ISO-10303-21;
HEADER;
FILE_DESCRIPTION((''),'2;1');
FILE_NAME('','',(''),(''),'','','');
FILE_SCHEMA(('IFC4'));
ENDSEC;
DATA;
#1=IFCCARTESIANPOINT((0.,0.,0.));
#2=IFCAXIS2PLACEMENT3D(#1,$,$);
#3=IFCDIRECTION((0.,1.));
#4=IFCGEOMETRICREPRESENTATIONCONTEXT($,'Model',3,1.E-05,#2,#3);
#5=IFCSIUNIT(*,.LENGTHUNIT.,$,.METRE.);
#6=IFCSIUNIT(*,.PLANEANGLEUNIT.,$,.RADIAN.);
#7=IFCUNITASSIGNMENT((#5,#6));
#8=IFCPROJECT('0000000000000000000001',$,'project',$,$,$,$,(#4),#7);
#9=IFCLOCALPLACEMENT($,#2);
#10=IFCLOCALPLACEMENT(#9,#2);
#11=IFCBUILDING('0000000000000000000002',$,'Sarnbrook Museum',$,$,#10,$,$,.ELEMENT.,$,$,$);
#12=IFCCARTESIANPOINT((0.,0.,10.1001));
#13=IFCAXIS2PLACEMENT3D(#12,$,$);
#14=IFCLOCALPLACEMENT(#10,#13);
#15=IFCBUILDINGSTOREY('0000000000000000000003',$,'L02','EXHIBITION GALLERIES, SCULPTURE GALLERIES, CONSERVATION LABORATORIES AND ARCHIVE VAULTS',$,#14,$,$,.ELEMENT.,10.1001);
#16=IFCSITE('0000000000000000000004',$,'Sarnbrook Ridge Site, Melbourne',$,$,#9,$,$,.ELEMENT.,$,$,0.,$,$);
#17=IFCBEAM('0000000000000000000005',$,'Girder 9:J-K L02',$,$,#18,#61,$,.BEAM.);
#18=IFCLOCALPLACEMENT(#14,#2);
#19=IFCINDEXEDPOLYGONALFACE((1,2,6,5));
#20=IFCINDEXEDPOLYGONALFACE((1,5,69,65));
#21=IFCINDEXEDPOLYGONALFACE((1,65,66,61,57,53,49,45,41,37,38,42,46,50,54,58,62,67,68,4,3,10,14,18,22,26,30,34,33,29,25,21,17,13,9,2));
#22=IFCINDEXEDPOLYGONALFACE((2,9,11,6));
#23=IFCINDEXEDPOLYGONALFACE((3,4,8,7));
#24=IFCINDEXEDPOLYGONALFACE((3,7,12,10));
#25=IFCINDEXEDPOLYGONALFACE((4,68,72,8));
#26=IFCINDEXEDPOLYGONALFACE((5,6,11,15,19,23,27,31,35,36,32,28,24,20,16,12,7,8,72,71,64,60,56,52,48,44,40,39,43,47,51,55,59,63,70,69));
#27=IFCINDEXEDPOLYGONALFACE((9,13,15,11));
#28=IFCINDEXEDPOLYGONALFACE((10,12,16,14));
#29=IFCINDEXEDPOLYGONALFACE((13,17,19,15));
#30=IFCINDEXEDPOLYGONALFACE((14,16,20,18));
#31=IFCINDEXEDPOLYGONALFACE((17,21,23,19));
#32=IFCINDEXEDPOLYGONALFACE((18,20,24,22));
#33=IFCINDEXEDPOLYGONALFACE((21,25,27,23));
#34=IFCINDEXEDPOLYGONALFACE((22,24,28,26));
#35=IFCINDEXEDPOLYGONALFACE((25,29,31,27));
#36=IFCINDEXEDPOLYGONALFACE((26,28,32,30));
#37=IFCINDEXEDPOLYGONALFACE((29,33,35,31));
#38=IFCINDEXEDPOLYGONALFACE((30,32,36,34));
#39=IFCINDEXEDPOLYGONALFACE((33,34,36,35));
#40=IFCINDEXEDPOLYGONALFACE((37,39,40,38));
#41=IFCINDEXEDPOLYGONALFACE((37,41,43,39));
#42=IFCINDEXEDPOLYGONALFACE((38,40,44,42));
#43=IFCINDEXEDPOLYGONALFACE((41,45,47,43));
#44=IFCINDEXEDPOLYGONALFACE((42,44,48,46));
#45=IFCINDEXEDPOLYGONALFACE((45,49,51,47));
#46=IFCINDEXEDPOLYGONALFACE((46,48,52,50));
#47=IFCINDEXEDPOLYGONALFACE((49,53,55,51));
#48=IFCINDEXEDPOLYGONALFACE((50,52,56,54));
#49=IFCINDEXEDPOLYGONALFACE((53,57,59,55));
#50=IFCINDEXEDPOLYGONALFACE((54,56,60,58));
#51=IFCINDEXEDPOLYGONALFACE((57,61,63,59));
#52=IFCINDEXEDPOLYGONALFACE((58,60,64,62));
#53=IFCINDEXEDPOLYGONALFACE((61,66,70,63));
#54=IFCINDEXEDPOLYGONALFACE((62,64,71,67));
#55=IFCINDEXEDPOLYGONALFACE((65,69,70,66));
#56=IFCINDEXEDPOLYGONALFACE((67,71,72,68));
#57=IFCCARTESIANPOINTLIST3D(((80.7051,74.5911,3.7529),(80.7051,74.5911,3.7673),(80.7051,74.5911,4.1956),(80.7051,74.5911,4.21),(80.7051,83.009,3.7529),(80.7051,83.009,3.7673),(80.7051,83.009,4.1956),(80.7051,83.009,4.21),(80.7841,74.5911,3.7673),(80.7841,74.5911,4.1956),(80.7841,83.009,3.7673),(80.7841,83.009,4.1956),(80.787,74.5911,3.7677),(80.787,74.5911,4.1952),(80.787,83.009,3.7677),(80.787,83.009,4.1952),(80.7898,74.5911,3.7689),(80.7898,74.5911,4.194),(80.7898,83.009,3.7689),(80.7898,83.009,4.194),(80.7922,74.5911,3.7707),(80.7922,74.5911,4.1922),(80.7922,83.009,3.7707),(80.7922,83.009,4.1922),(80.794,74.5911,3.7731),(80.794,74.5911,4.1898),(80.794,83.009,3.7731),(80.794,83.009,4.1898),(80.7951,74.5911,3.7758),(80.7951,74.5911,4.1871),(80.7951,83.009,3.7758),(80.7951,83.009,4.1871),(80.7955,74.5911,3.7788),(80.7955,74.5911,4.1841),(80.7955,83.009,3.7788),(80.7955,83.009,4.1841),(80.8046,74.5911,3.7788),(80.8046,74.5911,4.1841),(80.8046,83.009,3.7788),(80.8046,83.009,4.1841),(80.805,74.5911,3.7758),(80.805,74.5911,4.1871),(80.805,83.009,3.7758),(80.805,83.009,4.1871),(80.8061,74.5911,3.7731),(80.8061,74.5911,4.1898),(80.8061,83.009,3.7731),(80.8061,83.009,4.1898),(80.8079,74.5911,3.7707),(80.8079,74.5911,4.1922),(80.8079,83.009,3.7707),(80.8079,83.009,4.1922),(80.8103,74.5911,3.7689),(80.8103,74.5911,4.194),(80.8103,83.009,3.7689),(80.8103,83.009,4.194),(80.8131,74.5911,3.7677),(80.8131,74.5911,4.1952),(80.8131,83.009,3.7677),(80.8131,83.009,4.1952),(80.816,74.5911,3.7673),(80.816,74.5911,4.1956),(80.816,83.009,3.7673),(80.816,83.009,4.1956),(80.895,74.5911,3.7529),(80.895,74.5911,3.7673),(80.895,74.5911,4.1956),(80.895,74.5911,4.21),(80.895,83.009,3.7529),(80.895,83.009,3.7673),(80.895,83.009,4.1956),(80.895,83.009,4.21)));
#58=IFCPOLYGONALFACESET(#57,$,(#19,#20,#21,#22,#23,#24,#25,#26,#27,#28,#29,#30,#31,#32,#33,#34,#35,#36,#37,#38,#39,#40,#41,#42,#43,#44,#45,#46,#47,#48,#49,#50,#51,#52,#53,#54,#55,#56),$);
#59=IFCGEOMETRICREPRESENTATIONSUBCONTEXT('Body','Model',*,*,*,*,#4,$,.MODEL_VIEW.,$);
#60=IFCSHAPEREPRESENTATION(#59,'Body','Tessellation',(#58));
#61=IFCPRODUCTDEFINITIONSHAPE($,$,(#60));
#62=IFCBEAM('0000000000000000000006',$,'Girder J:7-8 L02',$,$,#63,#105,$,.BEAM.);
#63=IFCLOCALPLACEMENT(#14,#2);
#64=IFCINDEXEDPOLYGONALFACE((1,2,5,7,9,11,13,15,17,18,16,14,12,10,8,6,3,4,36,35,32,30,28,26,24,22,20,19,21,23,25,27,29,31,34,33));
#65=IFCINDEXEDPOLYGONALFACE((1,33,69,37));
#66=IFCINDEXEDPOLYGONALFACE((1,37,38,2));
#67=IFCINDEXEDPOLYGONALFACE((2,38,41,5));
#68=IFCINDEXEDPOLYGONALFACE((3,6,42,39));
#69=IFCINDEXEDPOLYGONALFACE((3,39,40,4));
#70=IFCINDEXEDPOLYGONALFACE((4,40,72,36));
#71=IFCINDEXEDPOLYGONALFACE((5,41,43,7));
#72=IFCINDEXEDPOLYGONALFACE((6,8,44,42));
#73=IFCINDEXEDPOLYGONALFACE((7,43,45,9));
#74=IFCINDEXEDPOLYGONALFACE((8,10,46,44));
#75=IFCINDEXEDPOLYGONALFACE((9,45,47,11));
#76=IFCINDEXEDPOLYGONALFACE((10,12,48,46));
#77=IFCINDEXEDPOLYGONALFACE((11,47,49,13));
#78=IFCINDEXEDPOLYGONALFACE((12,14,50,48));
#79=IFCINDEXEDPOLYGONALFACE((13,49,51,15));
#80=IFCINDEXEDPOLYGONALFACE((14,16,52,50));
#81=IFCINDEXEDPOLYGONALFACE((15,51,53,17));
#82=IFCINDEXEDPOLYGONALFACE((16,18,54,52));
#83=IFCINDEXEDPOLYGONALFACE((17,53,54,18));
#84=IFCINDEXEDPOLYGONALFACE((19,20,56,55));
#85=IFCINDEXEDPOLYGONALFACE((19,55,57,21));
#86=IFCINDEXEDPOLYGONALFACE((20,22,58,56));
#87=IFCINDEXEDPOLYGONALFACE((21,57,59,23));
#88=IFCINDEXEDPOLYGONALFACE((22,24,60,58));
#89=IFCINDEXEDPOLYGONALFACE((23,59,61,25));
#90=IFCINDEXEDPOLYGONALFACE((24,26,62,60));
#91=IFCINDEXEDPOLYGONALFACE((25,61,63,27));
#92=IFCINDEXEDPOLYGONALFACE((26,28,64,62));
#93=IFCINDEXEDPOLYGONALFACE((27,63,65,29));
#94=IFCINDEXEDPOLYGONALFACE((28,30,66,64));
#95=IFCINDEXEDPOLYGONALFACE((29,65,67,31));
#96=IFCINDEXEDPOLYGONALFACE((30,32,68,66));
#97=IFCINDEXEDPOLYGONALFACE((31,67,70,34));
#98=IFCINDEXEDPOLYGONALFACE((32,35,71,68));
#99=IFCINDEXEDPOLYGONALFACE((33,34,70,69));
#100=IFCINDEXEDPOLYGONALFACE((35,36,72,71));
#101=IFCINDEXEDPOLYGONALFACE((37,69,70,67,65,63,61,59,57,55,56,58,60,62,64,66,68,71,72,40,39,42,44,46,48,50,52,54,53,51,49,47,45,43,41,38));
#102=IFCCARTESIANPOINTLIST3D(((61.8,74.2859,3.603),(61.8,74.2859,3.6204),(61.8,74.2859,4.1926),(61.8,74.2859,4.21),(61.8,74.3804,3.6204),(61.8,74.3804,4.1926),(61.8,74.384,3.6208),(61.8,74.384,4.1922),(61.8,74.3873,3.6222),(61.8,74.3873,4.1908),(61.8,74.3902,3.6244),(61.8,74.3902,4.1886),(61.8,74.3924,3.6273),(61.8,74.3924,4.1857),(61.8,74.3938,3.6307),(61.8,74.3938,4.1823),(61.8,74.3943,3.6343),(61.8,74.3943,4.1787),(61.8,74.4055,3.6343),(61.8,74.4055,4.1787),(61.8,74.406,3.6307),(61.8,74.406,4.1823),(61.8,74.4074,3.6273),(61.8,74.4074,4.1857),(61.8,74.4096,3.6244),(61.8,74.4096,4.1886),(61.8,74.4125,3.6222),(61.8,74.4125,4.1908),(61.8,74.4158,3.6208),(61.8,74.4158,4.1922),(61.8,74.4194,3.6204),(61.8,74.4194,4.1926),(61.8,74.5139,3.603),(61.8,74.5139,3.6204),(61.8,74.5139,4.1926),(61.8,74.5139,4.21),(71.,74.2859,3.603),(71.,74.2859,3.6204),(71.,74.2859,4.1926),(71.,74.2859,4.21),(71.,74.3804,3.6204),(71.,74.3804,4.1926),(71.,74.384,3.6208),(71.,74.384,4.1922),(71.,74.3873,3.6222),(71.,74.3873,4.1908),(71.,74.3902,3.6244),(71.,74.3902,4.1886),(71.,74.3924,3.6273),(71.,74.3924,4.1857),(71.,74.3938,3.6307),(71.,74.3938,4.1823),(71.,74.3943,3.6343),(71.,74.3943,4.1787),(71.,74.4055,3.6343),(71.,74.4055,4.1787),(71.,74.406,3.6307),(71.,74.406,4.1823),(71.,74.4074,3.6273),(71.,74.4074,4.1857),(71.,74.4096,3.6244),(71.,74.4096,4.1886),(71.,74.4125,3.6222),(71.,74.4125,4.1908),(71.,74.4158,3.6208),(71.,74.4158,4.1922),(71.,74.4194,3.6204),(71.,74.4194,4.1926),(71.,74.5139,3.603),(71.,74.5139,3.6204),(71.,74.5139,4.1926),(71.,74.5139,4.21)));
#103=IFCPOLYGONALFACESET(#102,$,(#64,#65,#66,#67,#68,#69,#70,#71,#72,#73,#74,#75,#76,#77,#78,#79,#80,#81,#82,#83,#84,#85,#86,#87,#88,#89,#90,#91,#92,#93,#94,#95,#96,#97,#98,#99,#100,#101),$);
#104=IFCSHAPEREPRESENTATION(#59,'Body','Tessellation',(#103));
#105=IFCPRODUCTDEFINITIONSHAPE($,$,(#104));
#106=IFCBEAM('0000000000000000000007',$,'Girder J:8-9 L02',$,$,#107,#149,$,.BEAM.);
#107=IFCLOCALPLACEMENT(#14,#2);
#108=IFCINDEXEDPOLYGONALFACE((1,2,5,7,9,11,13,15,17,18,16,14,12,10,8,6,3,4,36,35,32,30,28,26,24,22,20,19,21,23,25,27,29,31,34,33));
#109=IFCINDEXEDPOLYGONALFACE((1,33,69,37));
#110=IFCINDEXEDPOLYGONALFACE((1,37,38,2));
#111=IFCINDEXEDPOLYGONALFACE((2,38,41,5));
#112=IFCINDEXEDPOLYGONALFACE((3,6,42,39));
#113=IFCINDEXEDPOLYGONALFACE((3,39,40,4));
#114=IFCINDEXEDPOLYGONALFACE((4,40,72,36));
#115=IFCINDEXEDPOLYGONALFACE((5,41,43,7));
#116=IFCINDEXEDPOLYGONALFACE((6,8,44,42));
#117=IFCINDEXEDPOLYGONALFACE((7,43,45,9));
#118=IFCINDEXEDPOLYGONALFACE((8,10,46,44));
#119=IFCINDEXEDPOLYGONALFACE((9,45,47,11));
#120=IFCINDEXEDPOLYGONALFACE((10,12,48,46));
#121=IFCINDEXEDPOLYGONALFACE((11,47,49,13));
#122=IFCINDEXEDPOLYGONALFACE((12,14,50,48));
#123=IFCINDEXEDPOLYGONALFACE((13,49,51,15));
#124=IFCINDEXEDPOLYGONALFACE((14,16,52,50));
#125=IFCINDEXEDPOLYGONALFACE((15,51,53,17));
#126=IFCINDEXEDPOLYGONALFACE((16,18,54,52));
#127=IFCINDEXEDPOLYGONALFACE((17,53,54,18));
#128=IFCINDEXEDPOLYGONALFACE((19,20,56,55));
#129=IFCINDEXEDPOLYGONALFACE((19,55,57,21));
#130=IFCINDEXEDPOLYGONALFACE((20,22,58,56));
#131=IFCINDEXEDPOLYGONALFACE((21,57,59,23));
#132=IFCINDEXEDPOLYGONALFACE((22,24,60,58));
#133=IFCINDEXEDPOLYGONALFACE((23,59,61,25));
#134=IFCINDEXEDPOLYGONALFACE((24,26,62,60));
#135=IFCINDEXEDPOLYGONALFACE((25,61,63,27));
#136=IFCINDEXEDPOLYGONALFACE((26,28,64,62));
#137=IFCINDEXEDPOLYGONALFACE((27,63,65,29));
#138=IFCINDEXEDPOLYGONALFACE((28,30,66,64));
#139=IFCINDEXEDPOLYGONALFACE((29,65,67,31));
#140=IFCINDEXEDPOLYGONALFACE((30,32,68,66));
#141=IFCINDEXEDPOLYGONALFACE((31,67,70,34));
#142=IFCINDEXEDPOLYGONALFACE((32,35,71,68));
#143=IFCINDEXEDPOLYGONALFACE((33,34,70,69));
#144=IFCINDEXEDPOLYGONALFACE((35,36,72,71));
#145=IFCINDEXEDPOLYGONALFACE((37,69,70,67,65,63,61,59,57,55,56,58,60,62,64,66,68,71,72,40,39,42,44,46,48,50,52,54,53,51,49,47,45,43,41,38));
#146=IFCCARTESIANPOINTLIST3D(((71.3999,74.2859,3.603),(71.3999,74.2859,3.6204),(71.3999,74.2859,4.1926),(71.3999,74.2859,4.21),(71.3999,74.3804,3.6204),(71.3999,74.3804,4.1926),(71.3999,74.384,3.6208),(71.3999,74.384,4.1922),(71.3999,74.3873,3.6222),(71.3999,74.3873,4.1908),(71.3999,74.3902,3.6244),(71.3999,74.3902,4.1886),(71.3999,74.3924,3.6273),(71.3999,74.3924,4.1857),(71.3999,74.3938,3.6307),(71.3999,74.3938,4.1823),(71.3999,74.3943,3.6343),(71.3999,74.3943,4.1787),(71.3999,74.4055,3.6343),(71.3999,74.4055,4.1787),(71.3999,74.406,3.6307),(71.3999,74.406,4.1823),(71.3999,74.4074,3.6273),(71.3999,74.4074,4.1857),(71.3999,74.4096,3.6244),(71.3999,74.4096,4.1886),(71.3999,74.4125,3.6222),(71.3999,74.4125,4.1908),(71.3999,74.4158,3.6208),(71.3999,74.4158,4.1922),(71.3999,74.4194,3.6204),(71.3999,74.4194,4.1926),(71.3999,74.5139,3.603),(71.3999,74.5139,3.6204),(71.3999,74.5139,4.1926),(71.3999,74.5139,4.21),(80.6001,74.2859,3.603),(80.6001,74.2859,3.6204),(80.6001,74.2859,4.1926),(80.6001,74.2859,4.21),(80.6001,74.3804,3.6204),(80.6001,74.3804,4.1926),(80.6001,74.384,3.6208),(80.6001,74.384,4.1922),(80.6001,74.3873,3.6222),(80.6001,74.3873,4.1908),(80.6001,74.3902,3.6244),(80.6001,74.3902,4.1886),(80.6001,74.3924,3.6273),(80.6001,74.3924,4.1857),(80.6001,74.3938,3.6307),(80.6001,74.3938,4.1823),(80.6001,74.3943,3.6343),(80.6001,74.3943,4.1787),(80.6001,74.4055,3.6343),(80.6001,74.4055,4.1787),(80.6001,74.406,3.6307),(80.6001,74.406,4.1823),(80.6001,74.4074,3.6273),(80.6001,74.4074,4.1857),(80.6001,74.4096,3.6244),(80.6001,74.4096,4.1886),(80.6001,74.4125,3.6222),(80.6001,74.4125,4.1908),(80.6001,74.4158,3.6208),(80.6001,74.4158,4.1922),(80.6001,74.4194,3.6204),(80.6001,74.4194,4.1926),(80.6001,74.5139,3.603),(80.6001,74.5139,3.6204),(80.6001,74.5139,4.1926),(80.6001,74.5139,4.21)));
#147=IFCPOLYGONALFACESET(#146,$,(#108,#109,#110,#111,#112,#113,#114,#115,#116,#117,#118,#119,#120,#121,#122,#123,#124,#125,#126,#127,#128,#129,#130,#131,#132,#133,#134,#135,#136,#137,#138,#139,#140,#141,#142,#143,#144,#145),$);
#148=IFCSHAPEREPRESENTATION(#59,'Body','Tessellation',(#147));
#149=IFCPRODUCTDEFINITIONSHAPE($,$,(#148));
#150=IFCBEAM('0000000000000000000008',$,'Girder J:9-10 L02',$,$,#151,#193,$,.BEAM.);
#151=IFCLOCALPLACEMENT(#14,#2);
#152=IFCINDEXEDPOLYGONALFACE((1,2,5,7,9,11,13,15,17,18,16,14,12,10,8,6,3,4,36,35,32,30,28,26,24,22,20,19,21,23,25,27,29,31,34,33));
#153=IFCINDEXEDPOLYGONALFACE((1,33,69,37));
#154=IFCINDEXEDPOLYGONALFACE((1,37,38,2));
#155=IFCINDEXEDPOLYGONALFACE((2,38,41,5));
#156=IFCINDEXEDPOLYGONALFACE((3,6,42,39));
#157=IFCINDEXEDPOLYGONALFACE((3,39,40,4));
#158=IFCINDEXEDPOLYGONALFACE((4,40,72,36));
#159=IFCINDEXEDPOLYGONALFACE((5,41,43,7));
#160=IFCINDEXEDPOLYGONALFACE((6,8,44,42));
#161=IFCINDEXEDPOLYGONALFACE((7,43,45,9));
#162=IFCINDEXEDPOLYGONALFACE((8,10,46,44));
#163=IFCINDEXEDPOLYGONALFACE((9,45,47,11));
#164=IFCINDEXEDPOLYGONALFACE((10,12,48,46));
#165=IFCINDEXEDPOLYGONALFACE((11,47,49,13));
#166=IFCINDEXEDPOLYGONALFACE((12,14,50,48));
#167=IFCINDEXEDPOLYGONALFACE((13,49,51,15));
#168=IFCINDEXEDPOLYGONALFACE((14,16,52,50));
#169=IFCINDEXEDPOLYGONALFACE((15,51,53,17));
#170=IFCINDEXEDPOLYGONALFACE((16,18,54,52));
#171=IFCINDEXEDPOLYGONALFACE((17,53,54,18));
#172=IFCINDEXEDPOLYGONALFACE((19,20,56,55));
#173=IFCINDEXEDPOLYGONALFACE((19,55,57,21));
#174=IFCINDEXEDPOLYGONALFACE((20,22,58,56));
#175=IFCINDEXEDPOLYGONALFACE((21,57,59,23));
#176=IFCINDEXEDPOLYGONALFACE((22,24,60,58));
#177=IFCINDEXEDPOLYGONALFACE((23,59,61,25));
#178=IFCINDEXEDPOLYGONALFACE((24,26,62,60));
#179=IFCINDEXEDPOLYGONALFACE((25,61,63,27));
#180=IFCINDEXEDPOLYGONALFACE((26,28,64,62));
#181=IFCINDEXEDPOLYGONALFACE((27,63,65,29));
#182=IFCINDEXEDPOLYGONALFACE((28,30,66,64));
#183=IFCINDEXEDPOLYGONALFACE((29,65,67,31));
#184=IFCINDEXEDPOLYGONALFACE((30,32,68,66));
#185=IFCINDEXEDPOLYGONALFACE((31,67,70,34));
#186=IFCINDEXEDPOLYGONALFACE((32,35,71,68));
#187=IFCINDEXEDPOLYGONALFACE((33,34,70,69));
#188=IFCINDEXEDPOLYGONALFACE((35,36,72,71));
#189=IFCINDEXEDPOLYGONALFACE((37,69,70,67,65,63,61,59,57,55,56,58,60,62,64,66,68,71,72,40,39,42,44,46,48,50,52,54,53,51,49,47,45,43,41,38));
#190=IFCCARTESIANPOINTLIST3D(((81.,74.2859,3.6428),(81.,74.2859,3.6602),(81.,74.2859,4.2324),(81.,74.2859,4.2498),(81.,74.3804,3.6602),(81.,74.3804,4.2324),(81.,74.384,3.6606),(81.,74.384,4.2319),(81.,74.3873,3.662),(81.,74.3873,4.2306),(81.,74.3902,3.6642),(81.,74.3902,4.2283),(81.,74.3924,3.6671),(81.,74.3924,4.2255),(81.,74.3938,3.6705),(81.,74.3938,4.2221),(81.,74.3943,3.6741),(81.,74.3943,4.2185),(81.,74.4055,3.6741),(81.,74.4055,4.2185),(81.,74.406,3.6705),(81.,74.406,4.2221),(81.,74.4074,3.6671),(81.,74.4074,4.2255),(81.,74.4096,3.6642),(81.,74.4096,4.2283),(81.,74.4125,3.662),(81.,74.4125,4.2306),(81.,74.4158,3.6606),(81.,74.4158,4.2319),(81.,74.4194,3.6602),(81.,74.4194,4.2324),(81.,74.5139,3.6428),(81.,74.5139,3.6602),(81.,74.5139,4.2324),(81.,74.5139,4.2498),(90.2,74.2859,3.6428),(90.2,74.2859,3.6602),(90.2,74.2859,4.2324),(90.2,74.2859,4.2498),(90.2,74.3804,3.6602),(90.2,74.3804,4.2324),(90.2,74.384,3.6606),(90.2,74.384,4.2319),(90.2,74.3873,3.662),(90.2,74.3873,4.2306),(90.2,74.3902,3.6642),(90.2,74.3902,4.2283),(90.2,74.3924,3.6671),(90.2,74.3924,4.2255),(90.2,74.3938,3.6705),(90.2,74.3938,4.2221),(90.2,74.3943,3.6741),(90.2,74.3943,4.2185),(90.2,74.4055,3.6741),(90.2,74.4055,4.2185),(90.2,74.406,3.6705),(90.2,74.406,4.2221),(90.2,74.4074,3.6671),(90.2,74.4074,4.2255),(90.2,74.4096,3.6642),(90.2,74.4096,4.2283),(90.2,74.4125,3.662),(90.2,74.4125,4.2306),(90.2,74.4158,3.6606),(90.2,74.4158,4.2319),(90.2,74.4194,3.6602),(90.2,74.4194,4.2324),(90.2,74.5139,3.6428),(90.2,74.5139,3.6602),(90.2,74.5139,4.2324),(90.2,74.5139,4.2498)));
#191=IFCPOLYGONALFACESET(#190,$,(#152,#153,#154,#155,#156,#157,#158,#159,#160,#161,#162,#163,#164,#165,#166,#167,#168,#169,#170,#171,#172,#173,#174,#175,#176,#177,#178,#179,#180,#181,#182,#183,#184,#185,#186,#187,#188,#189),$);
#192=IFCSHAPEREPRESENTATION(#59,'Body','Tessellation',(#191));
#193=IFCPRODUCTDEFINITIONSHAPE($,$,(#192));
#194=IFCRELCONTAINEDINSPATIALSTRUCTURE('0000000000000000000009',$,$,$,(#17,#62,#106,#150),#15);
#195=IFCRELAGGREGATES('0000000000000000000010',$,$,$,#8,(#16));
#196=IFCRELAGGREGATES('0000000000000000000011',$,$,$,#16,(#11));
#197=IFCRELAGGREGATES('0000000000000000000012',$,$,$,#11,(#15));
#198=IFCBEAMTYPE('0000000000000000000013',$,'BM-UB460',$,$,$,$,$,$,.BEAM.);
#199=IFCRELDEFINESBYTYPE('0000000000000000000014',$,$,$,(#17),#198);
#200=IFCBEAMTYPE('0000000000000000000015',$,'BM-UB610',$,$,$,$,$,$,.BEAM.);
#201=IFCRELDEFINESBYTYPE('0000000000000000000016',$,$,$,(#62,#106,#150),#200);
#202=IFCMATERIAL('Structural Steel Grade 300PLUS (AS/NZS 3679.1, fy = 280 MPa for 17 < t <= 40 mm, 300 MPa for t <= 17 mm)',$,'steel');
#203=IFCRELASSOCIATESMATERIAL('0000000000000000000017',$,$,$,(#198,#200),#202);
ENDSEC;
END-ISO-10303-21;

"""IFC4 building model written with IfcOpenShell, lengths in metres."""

from ifc_helpers import new_model, si_unit, direction, frame, origin, origin_2d, place, context, subcontext, project, spatial, i_section, extrude, material, material_profile, profile_set, type_object, element, save


model = new_model("IFC4")

# Units and contexts
model_context = context("Model", 3, precision=1e-05, world=origin(), true_north=direction((0.0, 1.0)))
body_context = subcontext(model_context, "Body", "Model", "MODEL_VIEW")
ifc_project = project(units=[si_unit("LENGTHUNIT", "METRE"), si_unit("PLANEANGLEUNIT", "RADIAN")], contexts=[model_context])

# Site, building, storey
site_placement = place(None, origin())
site = spatial("IfcSite", under=ifc_project, at=site_placement, Name="Sarnbrook Ridge Site, Melbourne", CompositionType="ELEMENT", RefElevation=0.0)
building_placement = place(site_placement, origin())
building = spatial("IfcBuilding", under=site, at=building_placement, Name="Sarnbrook Museum", CompositionType="ELEMENT")
storey_placement = place(building_placement, frame((0.0, 0.0, 10.1001)))
storey = spatial("IfcBuildingStorey", under=building, at=storey_placement, Name="L02", Description="EXHIBITION GALLERIES, SCULPTURE GALLERIES, CONSERVATION LABORATORIES AND ARCHIVE VAULTS", CompositionType="ELEMENT", Elevation=10.1001)

# Beams
ifc_material_1 = material(Name="Structural Steel Grade 300PLUS (AS/NZS 3679.1, fy = 280 MPa for 17 < t <= 40 mm, 300 MPa for t <= 17 mm)", Category="steel")
ifc_material_profile_1 = material_profile(ifc_material_1, i_section(OverallWidth=0.1899, OverallDepth=0.457, WebThickness=0.009, FlangeThickness=0.0144, FilletRadius=0.0115, at=origin_2d()), Name="460UB74.6")
ifc_profile_set_1 = profile_set([ifc_material_profile_1], Name="Structural Steel Grade 300PLUS (AS/NZS 3679.1, fy = 280 MPa for 17 < t <= 40 mm, 300 MPa for t <= 17 mm)")
beam_type_1 = type_object("IfcBeamType", Name="BM-UB460", PredefinedType="BEAM", material=ifc_profile_set_1)
for number, where, z_axis, x_axis, name in (
    (1, (80.8, 74.5911, 3.9814), (0.0, 1.0, 0.0), (-1.0, 0.0, 0.0), "Girder 9:J-K L02"),
):
    element("IfcBeam", number, at=place(storey_placement, frame(where, z_axis=z_axis, x_axis=x_axis)), inside=storey, type_object=beam_type_1, Name=name, PredefinedType="BEAM", context=body_context, shape_type="SweptSolid", body=[
        extrude(i_section(OverallWidth=0.1899, OverallDepth=0.457, WebThickness=0.009, FlangeThickness=0.0144, FilletRadius=0.0115, at=origin_2d()), origin(), (0.0, 0.0, 1.0), 8.418),
    ])
ifc_material_profile_2 = material_profile(ifc_material_1, i_section(OverallWidth=0.228, OverallDepth=0.6069, WebThickness=0.0112, FlangeThickness=0.0173, FilletRadius=0.0139, at=origin_2d()), Name="610UB113")
ifc_profile_set_2 = profile_set([ifc_material_profile_2], Name="Structural Steel Grade 300PLUS (AS/NZS 3679.1, fy = 280 MPa for 17 < t <= 40 mm, 300 MPa for t <= 17 mm)")
beam_type_2 = type_object("IfcBeamType", Name="BM-UB610", PredefinedType="BEAM", material=ifc_profile_set_2)
beam_1_placement = place(storey_placement, frame((61.8, 74.3999, 3.9065), z_axis=(1.0, 0.0, 0.0), x_axis=(0.0, 1.0, 0.0)))
element("IfcBeam", 2, at=beam_1_placement, inside=storey, type_object=beam_type_2, Name="Girder J:7-8 L02", PredefinedType="BEAM", context=body_context, shape_type="SweptSolid", body=[
    extrude(i_section(OverallWidth=0.228, OverallDepth=0.6069, WebThickness=0.0112, FlangeThickness=0.0173, FilletRadius=0.0139, at=origin_2d()), origin(), (0.0, 0.0, 1.0), 9.2),
])
beam_2_placement = place(storey_placement, frame((71.3999, 74.3999, 3.9065), z_axis=(1.0, 0.0, 0.0), x_axis=(0.0, 1.0, 0.0)))
element("IfcBeam", 3, at=beam_2_placement, inside=storey, type_object=beam_type_2, Name="Girder J:8-9 L02", PredefinedType="BEAM", context=body_context, shape_type="SweptSolid", body=[
    extrude(i_section(OverallWidth=0.228, OverallDepth=0.6069, WebThickness=0.0112, FlangeThickness=0.0173, FilletRadius=0.0139, at=origin_2d()), origin(), (0.0, 0.0, 1.0), 9.2002),
])
for number, where, z_axis, x_axis, name in (
    (4, (81.0, 74.3999, 3.9463), (1.0, 0.0, 0.0), (0.0, 1.0, 0.0), "Girder J:9-10 L02"),
):
    element("IfcBeam", number, at=place(storey_placement, frame(where, z_axis=z_axis, x_axis=x_axis)), inside=storey, type_object=beam_type_2, Name=name, PredefinedType="BEAM", context=body_context, shape_type="SweptSolid", body=[
        extrude(i_section(OverallWidth=0.228, OverallDepth=0.6069, WebThickness=0.0112, FlangeThickness=0.0173, FilletRadius=0.0139, at=origin_2d()), origin(), (0.0, 0.0, 1.0), 9.2),
    ])

save(model, "model.ifc")
